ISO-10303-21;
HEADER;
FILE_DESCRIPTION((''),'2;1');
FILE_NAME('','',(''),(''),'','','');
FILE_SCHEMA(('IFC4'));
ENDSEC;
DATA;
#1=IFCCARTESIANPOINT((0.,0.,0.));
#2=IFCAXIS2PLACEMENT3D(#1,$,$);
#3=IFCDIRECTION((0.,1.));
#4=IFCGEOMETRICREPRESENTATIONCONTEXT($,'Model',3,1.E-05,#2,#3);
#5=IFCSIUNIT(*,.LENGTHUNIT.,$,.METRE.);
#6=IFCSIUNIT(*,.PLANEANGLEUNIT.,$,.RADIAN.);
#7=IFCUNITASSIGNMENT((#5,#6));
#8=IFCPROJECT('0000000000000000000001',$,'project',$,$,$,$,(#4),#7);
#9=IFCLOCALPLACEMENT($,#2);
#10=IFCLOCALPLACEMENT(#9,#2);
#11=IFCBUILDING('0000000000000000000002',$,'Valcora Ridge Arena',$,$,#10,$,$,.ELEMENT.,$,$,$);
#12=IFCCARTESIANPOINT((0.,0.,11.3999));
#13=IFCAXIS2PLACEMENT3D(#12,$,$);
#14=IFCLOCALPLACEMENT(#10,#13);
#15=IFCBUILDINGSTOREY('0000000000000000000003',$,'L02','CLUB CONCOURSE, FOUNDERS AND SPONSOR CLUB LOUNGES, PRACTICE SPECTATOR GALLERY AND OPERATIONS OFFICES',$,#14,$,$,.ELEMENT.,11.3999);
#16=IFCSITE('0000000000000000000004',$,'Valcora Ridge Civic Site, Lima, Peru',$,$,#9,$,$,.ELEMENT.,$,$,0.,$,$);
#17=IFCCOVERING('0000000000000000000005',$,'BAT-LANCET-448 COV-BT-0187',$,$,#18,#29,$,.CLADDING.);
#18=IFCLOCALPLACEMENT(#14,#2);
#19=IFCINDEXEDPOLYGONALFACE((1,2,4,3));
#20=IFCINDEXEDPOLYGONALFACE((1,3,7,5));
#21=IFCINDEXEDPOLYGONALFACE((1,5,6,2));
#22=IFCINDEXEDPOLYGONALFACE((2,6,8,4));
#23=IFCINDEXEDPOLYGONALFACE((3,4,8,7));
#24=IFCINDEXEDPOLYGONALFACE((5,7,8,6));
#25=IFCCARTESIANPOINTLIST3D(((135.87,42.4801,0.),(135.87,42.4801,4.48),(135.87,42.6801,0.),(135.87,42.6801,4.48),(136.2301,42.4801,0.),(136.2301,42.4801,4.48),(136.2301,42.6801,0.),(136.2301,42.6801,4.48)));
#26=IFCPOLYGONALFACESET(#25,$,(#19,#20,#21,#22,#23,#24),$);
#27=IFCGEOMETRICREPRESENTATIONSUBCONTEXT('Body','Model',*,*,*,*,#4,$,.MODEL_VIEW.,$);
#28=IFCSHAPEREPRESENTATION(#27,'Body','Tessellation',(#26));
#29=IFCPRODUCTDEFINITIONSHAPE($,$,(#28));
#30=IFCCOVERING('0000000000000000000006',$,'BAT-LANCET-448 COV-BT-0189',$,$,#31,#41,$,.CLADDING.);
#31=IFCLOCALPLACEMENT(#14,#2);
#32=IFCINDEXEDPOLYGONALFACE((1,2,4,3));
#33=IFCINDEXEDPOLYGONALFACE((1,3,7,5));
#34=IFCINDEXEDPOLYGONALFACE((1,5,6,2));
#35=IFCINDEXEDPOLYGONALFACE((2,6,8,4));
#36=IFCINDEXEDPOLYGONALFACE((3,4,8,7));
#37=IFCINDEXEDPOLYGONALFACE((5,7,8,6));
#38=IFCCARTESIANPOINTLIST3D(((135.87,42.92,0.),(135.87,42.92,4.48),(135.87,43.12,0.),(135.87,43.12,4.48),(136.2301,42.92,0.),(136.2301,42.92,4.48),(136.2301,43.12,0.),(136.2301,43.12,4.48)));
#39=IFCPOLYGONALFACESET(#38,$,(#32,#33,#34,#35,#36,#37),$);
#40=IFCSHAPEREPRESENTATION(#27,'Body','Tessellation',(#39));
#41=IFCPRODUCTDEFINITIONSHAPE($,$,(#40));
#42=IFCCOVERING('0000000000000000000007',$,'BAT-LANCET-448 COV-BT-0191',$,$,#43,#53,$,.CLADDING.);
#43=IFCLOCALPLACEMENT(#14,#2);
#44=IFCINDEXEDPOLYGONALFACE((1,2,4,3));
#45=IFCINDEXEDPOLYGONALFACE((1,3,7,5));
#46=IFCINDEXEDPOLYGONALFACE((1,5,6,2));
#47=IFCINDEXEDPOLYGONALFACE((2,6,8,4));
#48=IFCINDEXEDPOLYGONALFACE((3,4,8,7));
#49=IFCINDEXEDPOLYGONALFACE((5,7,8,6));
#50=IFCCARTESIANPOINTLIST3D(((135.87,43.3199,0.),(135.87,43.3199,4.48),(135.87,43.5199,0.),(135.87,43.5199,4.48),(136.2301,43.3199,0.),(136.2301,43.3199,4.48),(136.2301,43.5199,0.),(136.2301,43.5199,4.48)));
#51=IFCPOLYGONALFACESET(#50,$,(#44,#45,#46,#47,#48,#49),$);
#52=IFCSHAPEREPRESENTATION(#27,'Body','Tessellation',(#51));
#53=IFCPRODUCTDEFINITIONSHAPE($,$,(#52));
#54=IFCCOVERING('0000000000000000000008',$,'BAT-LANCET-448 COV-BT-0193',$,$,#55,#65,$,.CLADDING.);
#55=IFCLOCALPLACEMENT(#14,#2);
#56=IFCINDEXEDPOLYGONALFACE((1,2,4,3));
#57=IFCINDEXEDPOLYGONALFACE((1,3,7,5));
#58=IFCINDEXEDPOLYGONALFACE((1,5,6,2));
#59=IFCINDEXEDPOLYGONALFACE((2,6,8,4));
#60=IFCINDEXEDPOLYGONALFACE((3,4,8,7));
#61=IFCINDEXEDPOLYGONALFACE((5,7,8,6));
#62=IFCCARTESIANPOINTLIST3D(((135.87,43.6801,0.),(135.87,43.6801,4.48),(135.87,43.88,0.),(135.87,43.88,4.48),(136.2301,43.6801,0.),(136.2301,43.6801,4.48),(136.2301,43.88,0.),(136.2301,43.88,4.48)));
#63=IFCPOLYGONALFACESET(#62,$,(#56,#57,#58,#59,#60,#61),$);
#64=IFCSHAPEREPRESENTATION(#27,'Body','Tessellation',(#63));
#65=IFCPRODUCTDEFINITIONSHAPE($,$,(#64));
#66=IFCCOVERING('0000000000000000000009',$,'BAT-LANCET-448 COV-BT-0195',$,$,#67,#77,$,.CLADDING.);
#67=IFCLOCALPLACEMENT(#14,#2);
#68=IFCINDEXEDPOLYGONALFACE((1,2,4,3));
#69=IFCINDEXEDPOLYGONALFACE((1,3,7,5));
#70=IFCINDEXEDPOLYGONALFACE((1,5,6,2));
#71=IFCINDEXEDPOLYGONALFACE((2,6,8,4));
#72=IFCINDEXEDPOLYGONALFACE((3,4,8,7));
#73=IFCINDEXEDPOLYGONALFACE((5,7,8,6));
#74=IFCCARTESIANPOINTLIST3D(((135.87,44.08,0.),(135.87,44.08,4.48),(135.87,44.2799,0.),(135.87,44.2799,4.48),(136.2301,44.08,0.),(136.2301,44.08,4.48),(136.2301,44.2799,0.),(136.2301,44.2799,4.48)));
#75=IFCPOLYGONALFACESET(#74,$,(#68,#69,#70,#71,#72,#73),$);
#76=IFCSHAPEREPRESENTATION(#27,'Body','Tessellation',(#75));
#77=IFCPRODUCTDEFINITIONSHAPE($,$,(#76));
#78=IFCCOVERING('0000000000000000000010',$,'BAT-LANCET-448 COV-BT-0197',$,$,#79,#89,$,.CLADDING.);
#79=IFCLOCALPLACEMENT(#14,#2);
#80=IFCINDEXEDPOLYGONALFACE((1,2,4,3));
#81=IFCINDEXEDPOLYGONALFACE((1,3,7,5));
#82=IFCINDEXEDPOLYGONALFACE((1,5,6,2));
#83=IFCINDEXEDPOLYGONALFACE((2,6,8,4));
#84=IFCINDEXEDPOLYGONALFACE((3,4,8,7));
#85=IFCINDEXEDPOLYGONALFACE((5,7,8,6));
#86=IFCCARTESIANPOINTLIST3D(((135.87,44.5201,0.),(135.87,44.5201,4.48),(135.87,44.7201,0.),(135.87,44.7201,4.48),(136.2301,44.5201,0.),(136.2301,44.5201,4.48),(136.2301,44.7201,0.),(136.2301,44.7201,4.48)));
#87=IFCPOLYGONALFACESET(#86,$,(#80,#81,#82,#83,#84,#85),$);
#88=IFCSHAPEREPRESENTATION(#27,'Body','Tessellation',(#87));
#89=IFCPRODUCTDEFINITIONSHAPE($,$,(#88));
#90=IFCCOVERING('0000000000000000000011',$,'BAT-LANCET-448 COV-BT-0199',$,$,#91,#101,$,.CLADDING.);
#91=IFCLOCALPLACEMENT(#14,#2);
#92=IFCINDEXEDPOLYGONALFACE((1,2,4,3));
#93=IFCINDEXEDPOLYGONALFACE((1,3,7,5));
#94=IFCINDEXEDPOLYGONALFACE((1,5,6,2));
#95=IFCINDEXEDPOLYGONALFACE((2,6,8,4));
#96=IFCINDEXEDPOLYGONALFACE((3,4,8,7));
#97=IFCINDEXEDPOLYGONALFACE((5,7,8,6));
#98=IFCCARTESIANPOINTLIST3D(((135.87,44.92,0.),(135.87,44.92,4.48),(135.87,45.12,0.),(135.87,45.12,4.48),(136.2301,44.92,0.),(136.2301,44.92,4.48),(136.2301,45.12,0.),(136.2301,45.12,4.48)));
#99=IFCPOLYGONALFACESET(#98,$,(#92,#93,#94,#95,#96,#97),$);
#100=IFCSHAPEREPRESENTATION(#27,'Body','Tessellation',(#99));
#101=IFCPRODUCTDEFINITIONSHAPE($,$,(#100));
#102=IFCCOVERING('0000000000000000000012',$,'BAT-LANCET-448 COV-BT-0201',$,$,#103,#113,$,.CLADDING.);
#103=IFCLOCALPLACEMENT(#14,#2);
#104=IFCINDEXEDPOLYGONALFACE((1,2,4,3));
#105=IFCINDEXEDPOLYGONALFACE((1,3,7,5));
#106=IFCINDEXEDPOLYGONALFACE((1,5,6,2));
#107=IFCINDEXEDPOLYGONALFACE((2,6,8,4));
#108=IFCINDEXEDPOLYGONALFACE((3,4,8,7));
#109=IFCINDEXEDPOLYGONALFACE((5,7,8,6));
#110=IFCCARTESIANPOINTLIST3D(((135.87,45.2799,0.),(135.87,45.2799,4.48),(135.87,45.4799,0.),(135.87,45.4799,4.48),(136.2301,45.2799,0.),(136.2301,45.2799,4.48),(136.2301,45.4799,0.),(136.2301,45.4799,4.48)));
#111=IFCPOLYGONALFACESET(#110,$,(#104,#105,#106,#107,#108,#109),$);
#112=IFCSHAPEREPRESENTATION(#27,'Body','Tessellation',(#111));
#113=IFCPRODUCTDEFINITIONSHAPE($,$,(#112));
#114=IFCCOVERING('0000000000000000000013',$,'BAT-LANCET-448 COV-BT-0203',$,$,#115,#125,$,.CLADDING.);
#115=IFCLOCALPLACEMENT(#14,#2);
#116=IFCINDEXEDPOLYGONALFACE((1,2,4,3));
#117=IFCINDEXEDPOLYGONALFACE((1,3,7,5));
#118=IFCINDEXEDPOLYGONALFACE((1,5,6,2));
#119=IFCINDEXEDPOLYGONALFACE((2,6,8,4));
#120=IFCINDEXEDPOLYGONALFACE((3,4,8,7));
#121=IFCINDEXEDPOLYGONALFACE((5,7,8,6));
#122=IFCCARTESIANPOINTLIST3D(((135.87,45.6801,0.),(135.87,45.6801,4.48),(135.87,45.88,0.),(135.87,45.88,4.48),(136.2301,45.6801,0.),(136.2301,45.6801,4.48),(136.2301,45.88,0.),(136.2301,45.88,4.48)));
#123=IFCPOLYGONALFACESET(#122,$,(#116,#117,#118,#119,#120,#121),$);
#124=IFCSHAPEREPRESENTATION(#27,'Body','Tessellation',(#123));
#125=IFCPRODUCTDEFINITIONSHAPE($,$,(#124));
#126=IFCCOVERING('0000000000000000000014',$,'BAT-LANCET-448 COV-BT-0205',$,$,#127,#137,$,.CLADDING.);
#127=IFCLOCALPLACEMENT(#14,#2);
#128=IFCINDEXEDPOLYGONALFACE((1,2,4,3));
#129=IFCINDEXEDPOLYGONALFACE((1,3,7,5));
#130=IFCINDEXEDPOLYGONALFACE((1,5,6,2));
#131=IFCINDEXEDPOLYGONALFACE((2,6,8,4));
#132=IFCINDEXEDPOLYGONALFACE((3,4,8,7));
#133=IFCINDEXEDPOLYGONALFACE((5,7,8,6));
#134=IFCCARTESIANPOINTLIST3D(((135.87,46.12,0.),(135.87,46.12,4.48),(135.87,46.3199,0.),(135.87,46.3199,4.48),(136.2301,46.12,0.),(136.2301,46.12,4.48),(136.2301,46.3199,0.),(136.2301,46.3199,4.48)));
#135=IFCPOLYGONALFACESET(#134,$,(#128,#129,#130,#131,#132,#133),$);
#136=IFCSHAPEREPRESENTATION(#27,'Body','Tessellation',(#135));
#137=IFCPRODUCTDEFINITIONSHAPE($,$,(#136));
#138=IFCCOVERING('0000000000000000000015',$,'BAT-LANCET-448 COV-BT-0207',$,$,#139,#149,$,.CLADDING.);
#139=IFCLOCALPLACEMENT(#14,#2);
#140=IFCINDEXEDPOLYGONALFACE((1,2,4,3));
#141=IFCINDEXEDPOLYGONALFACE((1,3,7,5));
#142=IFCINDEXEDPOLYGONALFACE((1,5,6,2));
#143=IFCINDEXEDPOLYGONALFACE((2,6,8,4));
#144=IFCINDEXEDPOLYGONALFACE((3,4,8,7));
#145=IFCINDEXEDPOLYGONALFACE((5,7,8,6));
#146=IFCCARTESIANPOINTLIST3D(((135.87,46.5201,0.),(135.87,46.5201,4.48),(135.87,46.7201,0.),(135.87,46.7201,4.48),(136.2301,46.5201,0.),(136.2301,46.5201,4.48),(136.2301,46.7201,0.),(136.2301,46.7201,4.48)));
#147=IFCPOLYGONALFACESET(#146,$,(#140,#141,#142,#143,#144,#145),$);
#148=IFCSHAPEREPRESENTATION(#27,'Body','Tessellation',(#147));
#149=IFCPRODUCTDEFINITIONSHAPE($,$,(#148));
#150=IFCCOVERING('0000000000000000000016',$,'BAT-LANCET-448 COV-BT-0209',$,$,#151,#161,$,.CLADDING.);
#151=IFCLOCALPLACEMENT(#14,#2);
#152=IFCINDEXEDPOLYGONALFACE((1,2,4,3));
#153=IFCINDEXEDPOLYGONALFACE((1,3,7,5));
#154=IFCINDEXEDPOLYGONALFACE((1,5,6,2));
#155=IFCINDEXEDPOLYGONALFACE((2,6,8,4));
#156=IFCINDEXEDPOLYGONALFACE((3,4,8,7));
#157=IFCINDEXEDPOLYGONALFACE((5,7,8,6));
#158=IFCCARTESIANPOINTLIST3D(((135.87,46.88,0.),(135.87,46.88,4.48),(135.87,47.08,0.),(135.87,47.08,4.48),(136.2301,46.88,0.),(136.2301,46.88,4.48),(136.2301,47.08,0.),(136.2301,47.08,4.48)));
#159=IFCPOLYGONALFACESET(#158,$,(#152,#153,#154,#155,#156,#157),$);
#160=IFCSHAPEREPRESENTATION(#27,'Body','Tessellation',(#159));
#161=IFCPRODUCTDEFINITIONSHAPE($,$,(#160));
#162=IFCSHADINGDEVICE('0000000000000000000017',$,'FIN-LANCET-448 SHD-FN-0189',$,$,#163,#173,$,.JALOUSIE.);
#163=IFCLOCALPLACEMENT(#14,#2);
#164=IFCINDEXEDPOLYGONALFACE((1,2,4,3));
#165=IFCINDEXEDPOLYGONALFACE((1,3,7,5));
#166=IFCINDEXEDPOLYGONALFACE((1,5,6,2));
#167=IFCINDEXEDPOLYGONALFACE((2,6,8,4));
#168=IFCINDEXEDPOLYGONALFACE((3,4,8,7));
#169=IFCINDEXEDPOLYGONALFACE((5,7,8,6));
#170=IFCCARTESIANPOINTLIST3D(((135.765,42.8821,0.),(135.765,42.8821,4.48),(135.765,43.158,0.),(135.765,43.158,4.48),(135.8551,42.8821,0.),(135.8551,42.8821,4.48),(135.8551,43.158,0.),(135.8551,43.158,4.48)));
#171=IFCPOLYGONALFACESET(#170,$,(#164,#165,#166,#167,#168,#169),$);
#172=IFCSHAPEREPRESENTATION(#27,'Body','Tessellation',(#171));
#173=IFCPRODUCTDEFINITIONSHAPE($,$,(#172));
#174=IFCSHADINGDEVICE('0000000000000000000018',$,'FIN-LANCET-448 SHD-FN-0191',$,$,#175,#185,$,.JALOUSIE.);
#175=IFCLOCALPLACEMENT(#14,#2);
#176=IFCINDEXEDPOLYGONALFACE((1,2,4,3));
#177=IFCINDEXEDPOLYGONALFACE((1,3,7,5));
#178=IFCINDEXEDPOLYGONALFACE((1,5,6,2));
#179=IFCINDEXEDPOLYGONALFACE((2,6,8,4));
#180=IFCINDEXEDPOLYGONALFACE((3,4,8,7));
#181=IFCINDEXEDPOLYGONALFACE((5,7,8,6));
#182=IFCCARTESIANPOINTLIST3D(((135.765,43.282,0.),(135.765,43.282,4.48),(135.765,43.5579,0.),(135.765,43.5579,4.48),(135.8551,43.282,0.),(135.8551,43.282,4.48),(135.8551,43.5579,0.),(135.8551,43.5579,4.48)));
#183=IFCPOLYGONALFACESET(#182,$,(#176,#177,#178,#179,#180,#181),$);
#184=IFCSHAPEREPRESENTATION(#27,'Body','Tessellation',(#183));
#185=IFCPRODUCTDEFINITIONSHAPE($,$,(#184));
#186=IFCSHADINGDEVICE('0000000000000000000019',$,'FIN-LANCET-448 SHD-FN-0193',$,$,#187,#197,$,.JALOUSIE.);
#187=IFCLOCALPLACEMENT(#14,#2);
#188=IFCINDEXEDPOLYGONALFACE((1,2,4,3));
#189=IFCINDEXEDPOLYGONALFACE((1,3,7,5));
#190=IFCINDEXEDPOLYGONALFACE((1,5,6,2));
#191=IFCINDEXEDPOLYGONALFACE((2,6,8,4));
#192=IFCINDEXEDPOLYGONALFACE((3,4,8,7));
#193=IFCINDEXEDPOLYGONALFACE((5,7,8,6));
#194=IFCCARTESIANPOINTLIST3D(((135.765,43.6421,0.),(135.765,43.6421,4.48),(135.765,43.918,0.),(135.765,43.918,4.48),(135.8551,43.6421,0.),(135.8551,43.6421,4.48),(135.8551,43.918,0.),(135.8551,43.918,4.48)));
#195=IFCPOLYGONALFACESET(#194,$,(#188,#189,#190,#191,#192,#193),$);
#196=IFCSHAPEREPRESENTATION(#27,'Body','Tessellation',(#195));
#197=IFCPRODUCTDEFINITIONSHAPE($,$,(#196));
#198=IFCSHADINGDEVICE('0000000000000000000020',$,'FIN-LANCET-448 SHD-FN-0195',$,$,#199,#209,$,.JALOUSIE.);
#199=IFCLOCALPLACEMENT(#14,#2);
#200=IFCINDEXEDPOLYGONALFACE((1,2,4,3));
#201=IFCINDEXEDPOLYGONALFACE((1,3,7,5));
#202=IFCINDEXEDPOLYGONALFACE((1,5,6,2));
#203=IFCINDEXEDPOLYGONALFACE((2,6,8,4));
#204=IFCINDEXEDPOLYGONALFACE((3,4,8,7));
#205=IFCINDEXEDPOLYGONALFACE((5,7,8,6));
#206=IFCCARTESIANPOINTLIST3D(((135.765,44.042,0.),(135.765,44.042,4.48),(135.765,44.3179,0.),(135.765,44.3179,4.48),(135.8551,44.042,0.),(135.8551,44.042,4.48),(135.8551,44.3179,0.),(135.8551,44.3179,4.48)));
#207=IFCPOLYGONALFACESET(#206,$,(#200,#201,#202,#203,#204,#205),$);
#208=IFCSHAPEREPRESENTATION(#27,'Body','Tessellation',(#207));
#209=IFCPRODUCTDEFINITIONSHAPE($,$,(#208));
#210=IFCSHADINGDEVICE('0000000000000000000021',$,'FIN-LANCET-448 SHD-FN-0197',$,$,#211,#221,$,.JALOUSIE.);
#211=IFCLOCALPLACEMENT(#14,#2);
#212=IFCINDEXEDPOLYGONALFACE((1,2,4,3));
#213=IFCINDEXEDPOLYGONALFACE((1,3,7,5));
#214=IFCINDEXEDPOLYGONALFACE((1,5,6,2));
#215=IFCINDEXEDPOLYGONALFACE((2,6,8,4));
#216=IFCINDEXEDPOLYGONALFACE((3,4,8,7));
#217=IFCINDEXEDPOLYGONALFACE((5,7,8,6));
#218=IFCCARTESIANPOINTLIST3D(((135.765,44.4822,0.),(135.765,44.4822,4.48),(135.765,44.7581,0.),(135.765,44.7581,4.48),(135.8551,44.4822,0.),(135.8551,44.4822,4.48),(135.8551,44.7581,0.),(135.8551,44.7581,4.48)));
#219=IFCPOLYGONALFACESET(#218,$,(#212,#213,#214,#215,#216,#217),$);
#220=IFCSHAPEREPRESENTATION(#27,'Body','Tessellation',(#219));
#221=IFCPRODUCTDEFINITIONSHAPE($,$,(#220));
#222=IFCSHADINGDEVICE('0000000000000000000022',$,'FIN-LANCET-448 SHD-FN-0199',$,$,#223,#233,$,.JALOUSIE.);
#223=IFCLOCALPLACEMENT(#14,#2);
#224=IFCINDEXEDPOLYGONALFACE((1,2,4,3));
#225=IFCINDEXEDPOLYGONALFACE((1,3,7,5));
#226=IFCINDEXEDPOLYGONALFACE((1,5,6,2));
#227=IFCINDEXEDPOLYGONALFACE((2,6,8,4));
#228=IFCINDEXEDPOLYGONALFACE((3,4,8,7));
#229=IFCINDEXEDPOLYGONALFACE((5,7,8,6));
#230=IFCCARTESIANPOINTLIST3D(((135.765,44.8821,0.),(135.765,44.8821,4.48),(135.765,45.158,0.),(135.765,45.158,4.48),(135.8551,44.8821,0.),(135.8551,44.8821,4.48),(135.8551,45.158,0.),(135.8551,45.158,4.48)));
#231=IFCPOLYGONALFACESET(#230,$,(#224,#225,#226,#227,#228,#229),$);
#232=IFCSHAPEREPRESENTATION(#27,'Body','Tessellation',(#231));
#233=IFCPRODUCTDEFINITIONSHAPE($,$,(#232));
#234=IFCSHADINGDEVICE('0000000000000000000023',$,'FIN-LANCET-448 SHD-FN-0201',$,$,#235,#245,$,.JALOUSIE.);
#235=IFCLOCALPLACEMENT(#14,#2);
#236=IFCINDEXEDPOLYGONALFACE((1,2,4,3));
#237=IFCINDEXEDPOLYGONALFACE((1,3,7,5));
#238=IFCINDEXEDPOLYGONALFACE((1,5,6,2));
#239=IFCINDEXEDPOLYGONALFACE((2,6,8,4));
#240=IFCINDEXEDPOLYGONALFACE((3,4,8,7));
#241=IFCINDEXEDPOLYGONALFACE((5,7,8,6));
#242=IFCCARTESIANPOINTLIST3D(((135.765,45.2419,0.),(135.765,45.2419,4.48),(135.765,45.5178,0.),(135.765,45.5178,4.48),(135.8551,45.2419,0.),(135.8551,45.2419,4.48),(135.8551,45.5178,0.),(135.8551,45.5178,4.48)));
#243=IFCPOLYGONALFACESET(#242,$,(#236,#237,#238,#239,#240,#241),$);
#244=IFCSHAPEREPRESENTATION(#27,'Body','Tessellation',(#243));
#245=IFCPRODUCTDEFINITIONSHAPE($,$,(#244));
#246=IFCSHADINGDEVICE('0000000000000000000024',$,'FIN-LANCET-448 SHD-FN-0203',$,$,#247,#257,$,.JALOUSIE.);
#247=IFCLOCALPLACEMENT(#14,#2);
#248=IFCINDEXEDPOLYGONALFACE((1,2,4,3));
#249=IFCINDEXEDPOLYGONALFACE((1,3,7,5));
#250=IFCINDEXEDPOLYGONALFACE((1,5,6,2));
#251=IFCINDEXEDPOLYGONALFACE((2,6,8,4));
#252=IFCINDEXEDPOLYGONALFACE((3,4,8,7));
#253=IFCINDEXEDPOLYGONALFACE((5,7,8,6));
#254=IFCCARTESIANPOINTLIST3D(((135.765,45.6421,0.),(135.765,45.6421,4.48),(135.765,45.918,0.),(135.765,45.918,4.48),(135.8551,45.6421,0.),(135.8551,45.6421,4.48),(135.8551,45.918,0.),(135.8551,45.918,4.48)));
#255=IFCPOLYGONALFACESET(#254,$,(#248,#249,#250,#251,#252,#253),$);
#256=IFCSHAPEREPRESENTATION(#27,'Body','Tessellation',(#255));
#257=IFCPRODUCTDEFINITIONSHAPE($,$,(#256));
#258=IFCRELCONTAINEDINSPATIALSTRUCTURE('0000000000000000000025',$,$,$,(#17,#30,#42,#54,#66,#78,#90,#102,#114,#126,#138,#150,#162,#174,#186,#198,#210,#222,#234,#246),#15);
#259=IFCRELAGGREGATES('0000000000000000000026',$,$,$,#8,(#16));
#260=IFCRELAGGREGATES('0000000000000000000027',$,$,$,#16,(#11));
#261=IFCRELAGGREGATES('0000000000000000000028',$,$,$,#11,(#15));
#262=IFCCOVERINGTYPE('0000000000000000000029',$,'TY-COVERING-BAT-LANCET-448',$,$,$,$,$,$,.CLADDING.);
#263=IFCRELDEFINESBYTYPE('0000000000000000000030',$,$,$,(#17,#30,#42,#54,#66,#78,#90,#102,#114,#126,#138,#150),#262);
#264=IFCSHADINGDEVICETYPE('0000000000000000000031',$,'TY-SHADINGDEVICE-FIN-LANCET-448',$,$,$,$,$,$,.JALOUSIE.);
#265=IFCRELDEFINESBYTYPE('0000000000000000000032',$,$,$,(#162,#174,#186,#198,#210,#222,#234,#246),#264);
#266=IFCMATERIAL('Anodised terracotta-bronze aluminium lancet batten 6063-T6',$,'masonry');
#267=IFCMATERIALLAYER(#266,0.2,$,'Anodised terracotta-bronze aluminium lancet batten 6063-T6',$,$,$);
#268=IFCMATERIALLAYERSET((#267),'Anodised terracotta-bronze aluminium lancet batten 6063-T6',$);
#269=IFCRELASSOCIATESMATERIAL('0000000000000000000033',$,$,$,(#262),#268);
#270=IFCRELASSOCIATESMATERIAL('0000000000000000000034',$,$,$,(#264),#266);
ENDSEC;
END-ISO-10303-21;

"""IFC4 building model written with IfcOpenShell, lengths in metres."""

from ifc_helpers import new_model, si_unit, direction, frame, origin, origin_2d, place, context, subcontext, project, spatial, rectangle, extrude, material, layer, layer_set, material_profile, profile_set, type_object, element, save


model = new_model("IFC4")

# Units and contexts
model_context = context("Model", 3, precision=1e-05, world=origin(), true_north=direction((0.0, 1.0)))
body_context = subcontext(model_context, "Body", "Model", "MODEL_VIEW")
ifc_project = project(units=[si_unit("LENGTHUNIT", "METRE"), si_unit("PLANEANGLEUNIT", "RADIAN")], contexts=[model_context])

# Site, building, storey
site_placement = place(None, origin())
site = spatial("IfcSite", under=ifc_project, at=site_placement, Name="Valcora Ridge Civic Site, Lima, Peru", CompositionType="ELEMENT", RefElevation=0.0)
building_placement = place(site_placement, origin())
building = spatial("IfcBuilding", under=site, at=building_placement, Name="Valcora Ridge Arena", CompositionType="ELEMENT")
storey_placement = place(building_placement, frame((0.0, 0.0, 11.3999)))
storey = spatial("IfcBuildingStorey", under=building, at=storey_placement, Name="L02", Description="CLUB CONCOURSE, FOUNDERS AND SPONSOR CLUB LOUNGES, PRACTICE SPECTATOR GALLERY AND OPERATIONS OFFICES", CompositionType="ELEMENT", Elevation=11.3999)

# Coverings
ifc_material_1 = material(Name="Anodised terracotta-bronze aluminium lancet batten 6063-T6", Category="masonry")
ifc_layer_1 = layer(ifc_material_1, 0.2, Name="Anodised terracotta-bronze aluminium lancet batten 6063-T6")
ifc_layer_set_1 = layer_set([ifc_layer_1], Name="Anodised terracotta-bronze aluminium lancet batten 6063-T6")
covering_type = type_object("IfcCoveringType", Name="TY-COVERING-BAT-LANCET-448", PredefinedType="CLADDING", material=ifc_layer_set_1)
for number, where, z_axis, x_axis, name in (
    (1, (136.05, 42.5801, 0.0), (0.0, 0.0, 1.0), (1.0, 0.0, 0.0), "BAT-LANCET-448 COV-BT-0187"),
    (2, (136.05, 43.02, 0.0), (0.0, 0.0, 1.0), (1.0, 0.0, 0.0), "BAT-LANCET-448 COV-BT-0189"),
    (3, (136.05, 43.4199, 0.0), (0.0, 0.0, 1.0), (1.0, 0.0, 0.0), "BAT-LANCET-448 COV-BT-0191"),
    (4, (136.05, 43.78, 0.0), (0.0, 0.0, 1.0), (1.0, 0.0, 0.0), "BAT-LANCET-448 COV-BT-0193"),
    (5, (136.05, 44.1799, 0.0), (0.0, 0.0, 1.0), (1.0, 0.0, 0.0), "BAT-LANCET-448 COV-BT-0195"),
    (6, (136.05, 44.6201, 0.0), (0.0, 0.0, 1.0), (1.0, 0.0, 0.0), "BAT-LANCET-448 COV-BT-0197"),
    (7, (136.05, 45.02, 0.0), (0.0, 0.0, 1.0), (1.0, 0.0, 0.0), "BAT-LANCET-448 COV-BT-0199"),
    (8, (136.05, 45.3799, 0.0), (0.0, 0.0, 1.0), (1.0, 0.0, 0.0), "BAT-LANCET-448 COV-BT-0201"),
    (9, (136.05, 45.78, 0.0), (0.0, 0.0, 1.0), (1.0, 0.0, 0.0), "BAT-LANCET-448 COV-BT-0203"),
    (10, (136.05, 46.22, 0.0), (0.0, 0.0, 1.0), (1.0, 0.0, 0.0), "BAT-LANCET-448 COV-BT-0205"),
    (11, (136.05, 46.6201, 0.0), (0.0, 0.0, 1.0), (1.0, 0.0, 0.0), "BAT-LANCET-448 COV-BT-0207"),
    (12, (136.05, 46.98, 0.0), (0.0, 0.0, 1.0), (1.0, 0.0, 0.0), "BAT-LANCET-448 COV-BT-0209"),
):
    element("IfcCovering", number, at=place(storey_placement, frame(where, z_axis=z_axis, x_axis=x_axis)), inside=storey, type_object=covering_type, Name=name, PredefinedType="CLADDING", context=body_context, shape_type="SweptSolid", body=[
        extrude(rectangle(XDim=0.3601, YDim=0.2, at=origin_2d()), origin(), (0.0, 0.0, 1.0), 4.48),
    ])

# Shading devices
ifc_material_profile = material_profile(ifc_material_1, rectangle(XDim=0.0901, YDim=0.2759, at=origin_2d()), Name="ALU LANCET BATTEN 90x276")
ifc_profile_set = profile_set([ifc_material_profile], Name="Anodised terracotta-bronze aluminium lancet batten 6063-T6")
shading_device_type = type_object("IfcShadingDeviceType", Name="TY-SHADINGDEVICE-FIN-LANCET-448", PredefinedType="JALOUSIE", material=ifc_profile_set)
for number, where, z_axis, x_axis, name in (
    (13, (135.8101, 43.02, 0.0), (0.0, 0.0, 1.0), (1.0, 0.0, 0.0), "FIN-LANCET-448 SHD-FN-0189"),
    (14, (135.8101, 43.4199, 0.0), (0.0, 0.0, 1.0), (1.0, 0.0, 0.0), "FIN-LANCET-448 SHD-FN-0191"),
    (15, (135.8101, 43.78, 0.0), (0.0, 0.0, 1.0), (1.0, 0.0, 0.0), "FIN-LANCET-448 SHD-FN-0193"),
    (16, (135.8101, 44.1799, 0.0), (0.0, 0.0, 1.0), (1.0, 0.0, 0.0), "FIN-LANCET-448 SHD-FN-0195"),
    (17, (135.8101, 44.6201, 0.0), (0.0, 0.0, 1.0), (1.0, 0.0, 0.0), "FIN-LANCET-448 SHD-FN-0197"),
    (18, (135.8101, 45.02, 0.0), (0.0, 0.0, 1.0), (1.0, 0.0, 0.0), "FIN-LANCET-448 SHD-FN-0199"),
    (19, (135.8101, 45.3799, 0.0), (0.0, 0.0, 1.0), (1.0, 0.0, 0.0), "FIN-LANCET-448 SHD-FN-0201"),
    (20, (135.8101, 45.78, 0.0), (0.0, 0.0, 1.0), (1.0, 0.0, 0.0), "FIN-LANCET-448 SHD-FN-0203"),
):
    element("IfcShadingDevice", number, at=place(storey_placement, frame(where, z_axis=z_axis, x_axis=x_axis)), inside=storey, type_object=shading_device_type, Name=name, PredefinedType="JALOUSIE", context=body_context, shape_type="SweptSolid", body=[
        extrude(rectangle(XDim=0.0901, YDim=0.2759, at=origin_2d()), origin(), (0.0, 0.0, 1.0), 4.48),
    ])

save(model, "model.ifc")
